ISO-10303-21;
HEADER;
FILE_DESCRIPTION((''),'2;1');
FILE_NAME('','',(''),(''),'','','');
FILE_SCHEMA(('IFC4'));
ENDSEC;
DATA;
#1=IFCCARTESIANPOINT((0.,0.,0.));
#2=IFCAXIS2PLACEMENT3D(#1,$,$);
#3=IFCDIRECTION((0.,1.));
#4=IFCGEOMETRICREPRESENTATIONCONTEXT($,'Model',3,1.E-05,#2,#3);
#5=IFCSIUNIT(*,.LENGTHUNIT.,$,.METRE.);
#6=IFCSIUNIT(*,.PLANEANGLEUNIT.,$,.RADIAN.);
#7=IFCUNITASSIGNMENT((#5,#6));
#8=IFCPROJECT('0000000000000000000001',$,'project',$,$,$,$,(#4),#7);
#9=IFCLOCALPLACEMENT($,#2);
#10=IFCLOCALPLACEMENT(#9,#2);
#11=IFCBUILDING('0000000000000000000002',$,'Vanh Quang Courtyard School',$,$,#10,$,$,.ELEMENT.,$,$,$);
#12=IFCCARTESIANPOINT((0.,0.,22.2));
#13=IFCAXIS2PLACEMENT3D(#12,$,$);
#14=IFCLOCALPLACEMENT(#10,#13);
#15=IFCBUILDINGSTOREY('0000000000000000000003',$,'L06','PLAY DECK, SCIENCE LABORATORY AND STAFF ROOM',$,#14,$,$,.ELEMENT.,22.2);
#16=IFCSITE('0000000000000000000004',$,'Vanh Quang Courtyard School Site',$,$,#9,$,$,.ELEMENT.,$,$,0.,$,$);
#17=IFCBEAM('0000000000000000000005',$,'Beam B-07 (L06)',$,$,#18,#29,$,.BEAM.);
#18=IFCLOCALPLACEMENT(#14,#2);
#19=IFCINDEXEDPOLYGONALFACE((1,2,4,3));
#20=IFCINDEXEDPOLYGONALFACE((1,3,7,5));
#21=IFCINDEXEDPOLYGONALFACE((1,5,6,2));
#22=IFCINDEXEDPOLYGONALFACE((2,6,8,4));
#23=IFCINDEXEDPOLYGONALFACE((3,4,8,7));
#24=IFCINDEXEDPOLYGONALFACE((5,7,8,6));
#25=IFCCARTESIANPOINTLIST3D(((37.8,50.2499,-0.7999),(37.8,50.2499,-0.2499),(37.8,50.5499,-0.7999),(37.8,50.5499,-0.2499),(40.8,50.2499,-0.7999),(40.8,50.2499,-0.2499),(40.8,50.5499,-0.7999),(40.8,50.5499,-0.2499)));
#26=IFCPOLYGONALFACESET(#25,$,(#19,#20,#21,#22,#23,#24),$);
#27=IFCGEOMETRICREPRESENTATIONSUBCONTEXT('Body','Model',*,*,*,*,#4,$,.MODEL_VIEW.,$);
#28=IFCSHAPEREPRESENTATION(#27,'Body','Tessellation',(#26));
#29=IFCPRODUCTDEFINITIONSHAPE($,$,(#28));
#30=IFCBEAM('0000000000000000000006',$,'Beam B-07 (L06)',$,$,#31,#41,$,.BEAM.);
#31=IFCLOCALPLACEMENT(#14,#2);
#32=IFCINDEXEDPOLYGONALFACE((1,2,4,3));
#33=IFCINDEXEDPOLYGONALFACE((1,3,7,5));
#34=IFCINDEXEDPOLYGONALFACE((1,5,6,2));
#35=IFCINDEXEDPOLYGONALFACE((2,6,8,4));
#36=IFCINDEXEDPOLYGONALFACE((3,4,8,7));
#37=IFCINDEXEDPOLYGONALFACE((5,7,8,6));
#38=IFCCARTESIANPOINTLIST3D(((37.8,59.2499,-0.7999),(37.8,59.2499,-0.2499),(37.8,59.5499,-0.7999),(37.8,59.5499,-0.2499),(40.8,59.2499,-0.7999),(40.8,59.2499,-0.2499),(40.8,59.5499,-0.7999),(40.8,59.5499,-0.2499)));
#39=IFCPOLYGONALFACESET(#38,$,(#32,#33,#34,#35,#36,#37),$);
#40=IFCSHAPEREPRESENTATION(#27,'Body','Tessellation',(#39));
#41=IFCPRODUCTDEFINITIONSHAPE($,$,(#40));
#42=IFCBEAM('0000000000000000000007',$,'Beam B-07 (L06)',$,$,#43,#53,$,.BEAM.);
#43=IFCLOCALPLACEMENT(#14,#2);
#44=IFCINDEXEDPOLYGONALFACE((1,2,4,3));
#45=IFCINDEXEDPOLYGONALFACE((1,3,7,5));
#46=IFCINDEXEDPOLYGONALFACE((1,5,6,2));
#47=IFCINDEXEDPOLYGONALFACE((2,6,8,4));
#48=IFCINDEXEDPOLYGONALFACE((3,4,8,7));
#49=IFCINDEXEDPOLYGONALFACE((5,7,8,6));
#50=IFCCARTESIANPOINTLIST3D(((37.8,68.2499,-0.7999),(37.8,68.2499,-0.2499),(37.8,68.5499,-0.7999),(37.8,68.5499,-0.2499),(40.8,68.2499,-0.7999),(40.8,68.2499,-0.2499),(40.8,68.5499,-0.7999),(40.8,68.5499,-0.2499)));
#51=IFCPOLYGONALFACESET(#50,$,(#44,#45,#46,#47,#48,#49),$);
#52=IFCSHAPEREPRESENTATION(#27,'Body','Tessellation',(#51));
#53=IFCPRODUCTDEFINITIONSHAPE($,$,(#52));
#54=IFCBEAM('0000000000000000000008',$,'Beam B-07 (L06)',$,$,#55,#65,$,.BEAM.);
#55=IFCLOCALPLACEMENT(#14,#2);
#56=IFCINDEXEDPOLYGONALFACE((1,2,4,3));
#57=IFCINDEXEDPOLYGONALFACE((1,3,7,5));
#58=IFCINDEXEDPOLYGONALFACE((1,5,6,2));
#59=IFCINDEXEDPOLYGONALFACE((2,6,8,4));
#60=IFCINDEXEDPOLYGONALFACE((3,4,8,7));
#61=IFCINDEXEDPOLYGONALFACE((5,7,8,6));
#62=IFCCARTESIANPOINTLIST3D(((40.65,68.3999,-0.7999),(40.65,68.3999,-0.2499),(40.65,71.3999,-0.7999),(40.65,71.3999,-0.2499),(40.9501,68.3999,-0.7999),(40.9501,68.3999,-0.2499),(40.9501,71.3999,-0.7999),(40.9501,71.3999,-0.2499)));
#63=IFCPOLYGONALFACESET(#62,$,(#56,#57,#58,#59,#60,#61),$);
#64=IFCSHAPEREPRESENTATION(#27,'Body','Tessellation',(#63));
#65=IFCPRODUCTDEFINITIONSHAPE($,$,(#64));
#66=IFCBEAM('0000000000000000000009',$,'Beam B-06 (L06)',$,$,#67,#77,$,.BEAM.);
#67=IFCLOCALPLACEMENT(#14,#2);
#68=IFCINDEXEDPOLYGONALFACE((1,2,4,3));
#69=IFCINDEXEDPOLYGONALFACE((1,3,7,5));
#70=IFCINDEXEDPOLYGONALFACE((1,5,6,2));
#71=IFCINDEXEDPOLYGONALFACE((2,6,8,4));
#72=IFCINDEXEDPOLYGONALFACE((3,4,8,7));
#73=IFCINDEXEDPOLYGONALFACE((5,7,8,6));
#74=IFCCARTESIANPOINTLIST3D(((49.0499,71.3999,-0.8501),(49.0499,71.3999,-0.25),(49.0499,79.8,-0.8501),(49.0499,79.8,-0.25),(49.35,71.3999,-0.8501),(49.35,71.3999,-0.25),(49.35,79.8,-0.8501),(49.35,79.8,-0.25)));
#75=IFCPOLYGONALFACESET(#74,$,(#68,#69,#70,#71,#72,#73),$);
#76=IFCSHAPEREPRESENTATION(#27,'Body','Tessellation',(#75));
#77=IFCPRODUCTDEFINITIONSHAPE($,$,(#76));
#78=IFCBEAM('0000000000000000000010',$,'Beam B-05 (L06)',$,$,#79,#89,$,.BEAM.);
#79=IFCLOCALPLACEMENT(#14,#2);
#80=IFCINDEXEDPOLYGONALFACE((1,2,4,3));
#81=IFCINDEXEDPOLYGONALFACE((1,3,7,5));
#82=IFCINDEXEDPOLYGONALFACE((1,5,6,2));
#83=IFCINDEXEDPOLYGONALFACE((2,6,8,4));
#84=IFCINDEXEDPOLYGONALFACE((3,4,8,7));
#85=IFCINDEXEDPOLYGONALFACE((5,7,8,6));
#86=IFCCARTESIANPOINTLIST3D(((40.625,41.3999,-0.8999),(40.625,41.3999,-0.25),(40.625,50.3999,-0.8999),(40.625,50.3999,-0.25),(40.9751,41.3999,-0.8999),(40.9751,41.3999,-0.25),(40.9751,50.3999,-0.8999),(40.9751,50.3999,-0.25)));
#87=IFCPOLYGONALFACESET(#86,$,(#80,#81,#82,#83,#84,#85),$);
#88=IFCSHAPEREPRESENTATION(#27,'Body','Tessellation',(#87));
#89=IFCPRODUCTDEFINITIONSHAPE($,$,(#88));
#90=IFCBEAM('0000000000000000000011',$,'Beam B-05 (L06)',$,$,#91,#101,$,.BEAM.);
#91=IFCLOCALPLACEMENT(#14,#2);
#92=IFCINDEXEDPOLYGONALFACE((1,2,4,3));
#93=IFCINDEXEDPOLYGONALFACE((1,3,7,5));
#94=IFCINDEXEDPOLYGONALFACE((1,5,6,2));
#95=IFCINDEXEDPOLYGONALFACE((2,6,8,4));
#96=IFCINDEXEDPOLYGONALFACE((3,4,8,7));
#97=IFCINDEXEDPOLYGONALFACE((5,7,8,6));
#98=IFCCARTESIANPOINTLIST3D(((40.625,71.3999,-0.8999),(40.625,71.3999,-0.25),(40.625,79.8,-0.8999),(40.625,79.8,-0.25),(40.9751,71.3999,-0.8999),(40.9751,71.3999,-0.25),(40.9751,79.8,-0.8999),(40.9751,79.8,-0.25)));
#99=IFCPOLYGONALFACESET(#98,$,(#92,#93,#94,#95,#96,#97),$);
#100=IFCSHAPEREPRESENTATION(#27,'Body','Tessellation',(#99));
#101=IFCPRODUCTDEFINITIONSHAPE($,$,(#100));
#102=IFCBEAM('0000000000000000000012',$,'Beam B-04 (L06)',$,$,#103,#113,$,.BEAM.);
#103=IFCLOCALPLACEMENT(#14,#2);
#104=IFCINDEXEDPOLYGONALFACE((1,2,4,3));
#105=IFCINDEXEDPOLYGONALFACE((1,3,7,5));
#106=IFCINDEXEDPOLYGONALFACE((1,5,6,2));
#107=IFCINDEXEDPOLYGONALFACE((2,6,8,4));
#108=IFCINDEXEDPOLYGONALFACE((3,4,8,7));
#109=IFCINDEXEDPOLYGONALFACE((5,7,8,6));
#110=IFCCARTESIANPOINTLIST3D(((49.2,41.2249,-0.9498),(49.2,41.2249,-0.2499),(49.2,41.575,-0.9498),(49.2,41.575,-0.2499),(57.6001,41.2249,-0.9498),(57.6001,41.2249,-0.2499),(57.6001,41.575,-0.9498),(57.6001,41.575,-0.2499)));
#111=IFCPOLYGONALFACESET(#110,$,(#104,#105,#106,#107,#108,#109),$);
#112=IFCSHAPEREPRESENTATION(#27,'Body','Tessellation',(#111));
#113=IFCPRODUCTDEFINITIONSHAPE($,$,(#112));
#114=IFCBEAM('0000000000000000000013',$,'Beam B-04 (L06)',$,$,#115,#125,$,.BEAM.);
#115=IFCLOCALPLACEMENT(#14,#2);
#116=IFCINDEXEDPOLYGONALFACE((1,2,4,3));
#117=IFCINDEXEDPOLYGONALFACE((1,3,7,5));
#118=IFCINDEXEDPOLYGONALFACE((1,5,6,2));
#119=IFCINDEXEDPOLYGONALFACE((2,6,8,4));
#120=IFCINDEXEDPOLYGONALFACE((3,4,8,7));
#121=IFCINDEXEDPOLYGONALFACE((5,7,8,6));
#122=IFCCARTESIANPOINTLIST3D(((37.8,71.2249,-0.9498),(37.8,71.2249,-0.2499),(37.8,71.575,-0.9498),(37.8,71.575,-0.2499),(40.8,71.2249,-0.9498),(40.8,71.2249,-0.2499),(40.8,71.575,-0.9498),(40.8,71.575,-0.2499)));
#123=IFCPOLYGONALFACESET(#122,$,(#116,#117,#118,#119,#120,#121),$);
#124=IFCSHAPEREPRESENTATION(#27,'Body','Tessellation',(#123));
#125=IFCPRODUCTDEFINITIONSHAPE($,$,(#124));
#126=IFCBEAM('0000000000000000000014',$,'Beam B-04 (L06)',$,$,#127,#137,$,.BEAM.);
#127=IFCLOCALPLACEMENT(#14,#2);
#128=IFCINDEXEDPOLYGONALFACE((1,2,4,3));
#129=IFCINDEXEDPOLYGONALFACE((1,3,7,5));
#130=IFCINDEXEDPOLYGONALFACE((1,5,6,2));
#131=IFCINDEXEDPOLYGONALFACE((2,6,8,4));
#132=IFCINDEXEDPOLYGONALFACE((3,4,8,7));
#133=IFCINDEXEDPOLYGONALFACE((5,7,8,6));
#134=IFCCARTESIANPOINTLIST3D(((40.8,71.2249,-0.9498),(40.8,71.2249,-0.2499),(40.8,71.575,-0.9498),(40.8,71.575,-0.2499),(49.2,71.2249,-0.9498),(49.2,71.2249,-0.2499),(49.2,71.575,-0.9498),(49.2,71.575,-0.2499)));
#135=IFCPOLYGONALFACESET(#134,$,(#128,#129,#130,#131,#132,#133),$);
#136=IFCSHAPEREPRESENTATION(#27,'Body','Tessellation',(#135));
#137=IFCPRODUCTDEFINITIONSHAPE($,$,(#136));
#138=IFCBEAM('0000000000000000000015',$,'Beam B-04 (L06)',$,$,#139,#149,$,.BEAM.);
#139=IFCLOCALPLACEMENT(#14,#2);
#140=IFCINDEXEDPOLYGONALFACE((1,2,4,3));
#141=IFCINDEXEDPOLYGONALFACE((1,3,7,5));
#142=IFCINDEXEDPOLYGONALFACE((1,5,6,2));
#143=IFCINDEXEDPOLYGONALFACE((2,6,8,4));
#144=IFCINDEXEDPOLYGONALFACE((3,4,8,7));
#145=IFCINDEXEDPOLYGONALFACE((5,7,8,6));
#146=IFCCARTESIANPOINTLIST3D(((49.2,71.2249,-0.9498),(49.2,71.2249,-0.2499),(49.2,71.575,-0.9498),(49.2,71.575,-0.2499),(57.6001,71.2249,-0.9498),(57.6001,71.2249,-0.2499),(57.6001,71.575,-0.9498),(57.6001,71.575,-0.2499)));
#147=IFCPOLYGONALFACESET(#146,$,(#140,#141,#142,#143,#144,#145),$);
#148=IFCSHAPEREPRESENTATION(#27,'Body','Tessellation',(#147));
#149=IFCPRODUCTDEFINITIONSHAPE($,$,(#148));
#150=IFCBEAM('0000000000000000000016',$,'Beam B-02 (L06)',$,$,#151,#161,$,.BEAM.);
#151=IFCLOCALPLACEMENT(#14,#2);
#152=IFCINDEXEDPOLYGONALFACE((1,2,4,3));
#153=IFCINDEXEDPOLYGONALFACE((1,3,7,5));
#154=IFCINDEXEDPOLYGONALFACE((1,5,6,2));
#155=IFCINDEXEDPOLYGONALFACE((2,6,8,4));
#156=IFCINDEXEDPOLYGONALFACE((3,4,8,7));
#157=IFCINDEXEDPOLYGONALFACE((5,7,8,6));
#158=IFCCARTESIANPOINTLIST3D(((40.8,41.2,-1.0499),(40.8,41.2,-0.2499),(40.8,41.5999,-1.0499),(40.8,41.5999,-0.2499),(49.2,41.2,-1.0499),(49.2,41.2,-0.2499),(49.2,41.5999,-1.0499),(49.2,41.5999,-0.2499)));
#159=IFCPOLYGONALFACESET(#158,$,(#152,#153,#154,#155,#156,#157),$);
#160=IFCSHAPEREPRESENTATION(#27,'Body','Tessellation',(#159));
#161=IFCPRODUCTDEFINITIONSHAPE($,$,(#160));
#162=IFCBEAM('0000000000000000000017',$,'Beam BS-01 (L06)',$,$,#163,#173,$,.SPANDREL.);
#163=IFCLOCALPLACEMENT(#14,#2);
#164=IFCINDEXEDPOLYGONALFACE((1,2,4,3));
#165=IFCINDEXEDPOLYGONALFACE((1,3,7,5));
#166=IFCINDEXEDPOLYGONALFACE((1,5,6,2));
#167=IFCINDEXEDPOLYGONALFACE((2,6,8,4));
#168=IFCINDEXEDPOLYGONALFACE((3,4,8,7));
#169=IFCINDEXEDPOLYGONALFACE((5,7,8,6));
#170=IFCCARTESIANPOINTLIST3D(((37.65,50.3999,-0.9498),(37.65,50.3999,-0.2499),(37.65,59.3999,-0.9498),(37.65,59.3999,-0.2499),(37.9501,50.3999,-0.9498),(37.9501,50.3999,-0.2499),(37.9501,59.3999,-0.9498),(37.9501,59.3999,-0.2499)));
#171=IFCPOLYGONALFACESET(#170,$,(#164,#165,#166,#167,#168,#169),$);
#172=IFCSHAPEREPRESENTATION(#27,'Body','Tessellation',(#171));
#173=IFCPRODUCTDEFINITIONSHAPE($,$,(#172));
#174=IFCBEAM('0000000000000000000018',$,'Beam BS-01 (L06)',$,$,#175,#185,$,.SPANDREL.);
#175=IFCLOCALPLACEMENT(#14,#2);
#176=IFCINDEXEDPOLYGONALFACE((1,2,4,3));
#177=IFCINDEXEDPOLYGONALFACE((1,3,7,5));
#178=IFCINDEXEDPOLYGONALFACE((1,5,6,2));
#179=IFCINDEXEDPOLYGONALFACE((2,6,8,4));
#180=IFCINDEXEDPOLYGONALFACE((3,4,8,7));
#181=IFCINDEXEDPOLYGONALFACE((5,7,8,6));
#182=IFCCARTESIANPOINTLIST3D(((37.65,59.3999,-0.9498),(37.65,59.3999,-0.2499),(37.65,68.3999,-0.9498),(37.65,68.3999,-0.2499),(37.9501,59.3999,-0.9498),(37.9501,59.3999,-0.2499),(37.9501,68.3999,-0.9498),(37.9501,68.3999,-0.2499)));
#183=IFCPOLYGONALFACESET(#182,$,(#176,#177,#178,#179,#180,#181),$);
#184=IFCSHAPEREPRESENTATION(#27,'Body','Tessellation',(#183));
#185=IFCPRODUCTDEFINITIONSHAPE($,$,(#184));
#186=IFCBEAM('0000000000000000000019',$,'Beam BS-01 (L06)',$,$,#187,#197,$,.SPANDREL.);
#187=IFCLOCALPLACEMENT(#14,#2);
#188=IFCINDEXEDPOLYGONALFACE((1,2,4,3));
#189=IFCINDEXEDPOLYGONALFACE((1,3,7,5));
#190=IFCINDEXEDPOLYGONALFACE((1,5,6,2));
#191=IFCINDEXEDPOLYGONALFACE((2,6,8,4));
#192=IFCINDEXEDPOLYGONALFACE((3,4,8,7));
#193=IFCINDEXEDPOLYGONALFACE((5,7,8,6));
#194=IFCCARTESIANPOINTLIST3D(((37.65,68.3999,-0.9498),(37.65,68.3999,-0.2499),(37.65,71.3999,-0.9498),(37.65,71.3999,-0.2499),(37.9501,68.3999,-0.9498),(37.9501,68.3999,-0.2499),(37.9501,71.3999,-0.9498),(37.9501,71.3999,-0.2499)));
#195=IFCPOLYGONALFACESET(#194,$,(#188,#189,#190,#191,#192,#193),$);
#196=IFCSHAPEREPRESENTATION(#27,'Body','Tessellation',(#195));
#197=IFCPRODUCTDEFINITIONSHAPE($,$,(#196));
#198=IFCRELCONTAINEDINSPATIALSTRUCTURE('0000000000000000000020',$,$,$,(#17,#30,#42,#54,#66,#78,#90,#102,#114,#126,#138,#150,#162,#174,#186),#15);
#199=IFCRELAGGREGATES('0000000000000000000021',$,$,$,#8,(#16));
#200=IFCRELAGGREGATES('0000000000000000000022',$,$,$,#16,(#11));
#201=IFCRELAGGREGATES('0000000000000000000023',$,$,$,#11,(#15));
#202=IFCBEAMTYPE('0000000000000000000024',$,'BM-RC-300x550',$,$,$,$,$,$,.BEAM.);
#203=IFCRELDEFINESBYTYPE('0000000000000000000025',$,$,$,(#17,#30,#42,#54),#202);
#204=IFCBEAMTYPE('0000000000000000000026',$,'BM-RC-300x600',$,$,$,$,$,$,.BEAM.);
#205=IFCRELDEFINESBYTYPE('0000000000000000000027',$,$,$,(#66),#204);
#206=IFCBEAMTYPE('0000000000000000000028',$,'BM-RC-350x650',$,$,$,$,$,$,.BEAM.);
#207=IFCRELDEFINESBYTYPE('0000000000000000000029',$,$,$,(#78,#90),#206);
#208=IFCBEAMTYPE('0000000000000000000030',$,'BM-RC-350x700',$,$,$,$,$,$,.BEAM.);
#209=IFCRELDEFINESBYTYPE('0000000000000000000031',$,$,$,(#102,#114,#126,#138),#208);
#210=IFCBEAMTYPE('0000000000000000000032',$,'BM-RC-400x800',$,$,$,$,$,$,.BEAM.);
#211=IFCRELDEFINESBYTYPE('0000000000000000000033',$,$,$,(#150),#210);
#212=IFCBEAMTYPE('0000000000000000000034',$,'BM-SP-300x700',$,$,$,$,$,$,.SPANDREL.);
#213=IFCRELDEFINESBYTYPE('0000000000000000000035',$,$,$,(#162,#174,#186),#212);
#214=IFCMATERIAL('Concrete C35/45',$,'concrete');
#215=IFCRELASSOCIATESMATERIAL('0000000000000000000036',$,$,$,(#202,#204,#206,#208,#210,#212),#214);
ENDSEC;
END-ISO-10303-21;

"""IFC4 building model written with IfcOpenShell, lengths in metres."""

from ifc_helpers import new_model, si_unit, direction, frame, origin, origin_2d, place, context, subcontext, project, spatial, rectangle, extrude, material, material_profile, profile_set, type_object, element, save


model = new_model("IFC4")

# Units and contexts
model_context = context("Model", 3, precision=1e-05, world=origin(), true_north=direction((0.0, 1.0)))
body_context = subcontext(model_context, "Body", "Model", "MODEL_VIEW")
ifc_project = project(units=[si_unit("LENGTHUNIT", "METRE"), si_unit("PLANEANGLEUNIT", "RADIAN")], contexts=[model_context])

# Site, building, storey
site_placement = place(None, origin())
site = spatial("IfcSite", under=ifc_project, at=site_placement, Name="Vanh Quang Courtyard School Site", CompositionType="ELEMENT", RefElevation=0.0)
building_placement = place(site_placement, origin())
building = spatial("IfcBuilding", under=site, at=building_placement, Name="Vanh Quang Courtyard School", CompositionType="ELEMENT")
storey_placement = place(building_placement, frame((0.0, 0.0, 22.2)))
storey = spatial("IfcBuildingStorey", under=building, at=storey_placement, Name="L06", Description="PLAY DECK, SCIENCE LABORATORY AND STAFF ROOM", CompositionType="ELEMENT", Elevation=22.2)

# Beams
ifc_material_1 = material(Name="Concrete C35/45", Category="concrete")
ifc_material_profile_1 = material_profile(ifc_material_1, rectangle(XDim=0.3, YDim=0.55, at=origin_2d()), Name="RC-BM 300x550")
ifc_profile_set_1 = profile_set([ifc_material_profile_1], Name="Concrete C35/45")
beam_type_1 = type_object("IfcBeamType", Name="BM-RC-300x550", PredefinedType="BEAM", material=ifc_profile_set_1)
for number, where, z_axis, x_axis, name in (
    (1, (37.8, 50.3999, -0.5249), (1.0, 0.0, 0.0), (0.0, 1.0, 0.0), "Beam B-07 (L06)"),
    (2, (37.8, 59.3999, -0.5249), (1.0, 0.0, 0.0), (0.0, 1.0, 0.0), "Beam B-07 (L06)"),
    (3, (37.8, 68.3999, -0.5249), (1.0, 0.0, 0.0), (0.0, 1.0, 0.0), "Beam B-07 (L06)"),
    (4, (40.8, 68.3999, -0.5249), (0.0, 1.0, 0.0), (-1.0, 0.0, 0.0), "Beam B-07 (L06)"),
):
    element("IfcBeam", number, at=place(storey_placement, frame(where, z_axis=z_axis, x_axis=x_axis)), inside=storey, type_object=beam_type_1, Name=name, PredefinedType="BEAM", context=body_context, shape_type="SweptSolid", body=[
        extrude(rectangle(XDim=0.3, YDim=0.55, at=origin_2d()), origin(), (0.0, 0.0, 1.0), 3.0),
    ])
ifc_material_profile_2 = material_profile(ifc_material_1, rectangle(XDim=0.3, YDim=0.6001, at=origin_2d()), Name="RC-BM 300x600")
ifc_profile_set_2 = profile_set([ifc_material_profile_2], Name="Concrete C35/45")
beam_type_2 = type_object("IfcBeamType", Name="BM-RC-300x600", PredefinedType="BEAM", material=ifc_profile_set_2)
beam_1_placement = place(storey_placement, frame((49.2, 71.3999, -0.55), z_axis=(0.0, 1.0, 0.0), x_axis=(-1.0, 0.0, 0.0)))
element("IfcBeam", 5, at=beam_1_placement, inside=storey, type_object=beam_type_2, Name="Beam B-06 (L06)", PredefinedType="BEAM", context=body_context, shape_type="SweptSolid", body=[
    extrude(rectangle(XDim=0.3, YDim=0.6001, at=origin_2d()), origin(), (0.0, 0.0, 1.0), 8.4001),
])
ifc_material_profile_3 = material_profile(ifc_material_1, rectangle(XDim=0.3501, YDim=0.6499, at=origin_2d()), Name="RC-BM 350x650")
ifc_profile_set_3 = profile_set([ifc_material_profile_3], Name="Concrete C35/45")
beam_type_3 = type_object("IfcBeamType", Name="BM-RC-350x650", PredefinedType="BEAM", material=ifc_profile_set_3)
beam_2_placement = place(storey_placement, frame((40.8, 41.3999, -0.575), z_axis=(0.0, 1.0, 0.0), x_axis=(-1.0, 0.0, 0.0)))
element("IfcBeam", 6, at=beam_2_placement, inside=storey, type_object=beam_type_3, Name="Beam B-05 (L06)", PredefinedType="BEAM", context=body_context, shape_type="SweptSolid", body=[
    extrude(rectangle(XDim=0.3501, YDim=0.6499, at=origin_2d()), origin(), (0.0, 0.0, 1.0), 9.0),
])
beam_3_placement = place(storey_placement, frame((40.8, 71.3999, -0.575), z_axis=(0.0, 1.0, 0.0), x_axis=(-1.0, 0.0, 0.0)))
element("IfcBeam", 7, at=beam_3_placement, inside=storey, type_object=beam_type_3, Name="Beam B-05 (L06)", PredefinedType="BEAM", context=body_context, shape_type="SweptSolid", body=[
    extrude(rectangle(XDim=0.3501, YDim=0.6499, at=origin_2d()), origin(), (0.0, 0.0, 1.0), 8.4001),
])
ifc_material_profile_4 = material_profile(ifc_material_1, rectangle(XDim=0.3501, YDim=0.7, at=origin_2d()), Name="RC-BM 350x700")
ifc_profile_set_4 = profile_set([ifc_material_profile_4], Name="Concrete C35/45")
beam_type_4 = type_object("IfcBeamType", Name="BM-RC-350x700", PredefinedType="BEAM", material=ifc_profile_set_4)
beam_4_placement = place(storey_placement, frame((49.2, 41.3999, -0.5999), z_axis=(1.0, 0.0, 0.0), x_axis=(0.0, 1.0, 0.0)))
element("IfcBeam", 8, at=beam_4_placement, inside=storey, type_object=beam_type_4, Name="Beam B-04 (L06)", PredefinedType="BEAM", context=body_context, shape_type="SweptSolid", body=[
    extrude(rectangle(XDim=0.3501, YDim=0.7, at=origin_2d()), origin(), (0.0, 0.0, 1.0), 8.4001),
])
beam_5_placement = place(storey_placement, frame((37.8, 71.3999, -0.5999), z_axis=(1.0, 0.0, 0.0), x_axis=(0.0, 1.0, 0.0)))
element("IfcBeam", 9, at=beam_5_placement, inside=storey, type_object=beam_type_4, Name="Beam B-04 (L06)", PredefinedType="BEAM", context=body_context, shape_type="SweptSolid", body=[
    extrude(rectangle(XDim=0.3501, YDim=0.7, at=origin_2d()), origin(), (0.0, 0.0, 1.0), 3.0),
])
beam_6_placement = place(storey_placement, frame((40.8, 71.3999, -0.5999), z_axis=(1.0, 0.0, 0.0), x_axis=(0.0, 1.0, 0.0)))
element("IfcBeam", 10, at=beam_6_placement, inside=storey, type_object=beam_type_4, Name="Beam B-04 (L06)", PredefinedType="BEAM", context=body_context, shape_type="SweptSolid", body=[
    extrude(rectangle(XDim=0.3501, YDim=0.7, at=origin_2d()), origin(), (0.0, 0.0, 1.0), 8.3999),
])
beam_7_placement = place(storey_placement, frame((49.2, 71.3999, -0.5999), z_axis=(1.0, 0.0, 0.0), x_axis=(0.0, 1.0, 0.0)))
element("IfcBeam", 11, at=beam_7_placement, inside=storey, type_object=beam_type_4, Name="Beam B-04 (L06)", PredefinedType="BEAM", context=body_context, shape_type="SweptSolid", body=[
    extrude(rectangle(XDim=0.3501, YDim=0.7, at=origin_2d()), origin(), (0.0, 0.0, 1.0), 8.4001),
])
ifc_material_profile_5 = material_profile(ifc_material_1, rectangle(XDim=0.3999, YDim=0.8, at=origin_2d()), Name="RC-BM 400x800")
ifc_profile_set_5 = profile_set([ifc_material_profile_5], Name="Concrete C35/45")
beam_type_5 = type_object("IfcBeamType", Name="BM-RC-400x800", PredefinedType="BEAM", material=ifc_profile_set_5)
beam_8_placement = place(storey_placement, frame((40.8, 41.3999, -0.6499), z_axis=(1.0, 0.0, 0.0), x_axis=(0.0, 1.0, 0.0)))
element("IfcBeam", 12, at=beam_8_placement, inside=storey, type_object=beam_type_5, Name="Beam B-02 (L06)", PredefinedType="BEAM", context=body_context, shape_type="SweptSolid", body=[
    extrude(rectangle(XDim=0.3999, YDim=0.8, at=origin_2d()), origin(), (0.0, 0.0, 1.0), 8.3999),
])
ifc_material_profile_6 = material_profile(ifc_material_1, rectangle(XDim=0.3, YDim=0.7, at=origin_2d()), Name="RC-SP 300x700")
ifc_profile_set_6 = profile_set([ifc_material_profile_6], Name="Concrete C35/45")
beam_type_6 = type_object("IfcBeamType", Name="BM-SP-300x700", PredefinedType="SPANDREL", material=ifc_profile_set_6)
for number, where, z_axis, x_axis, name in (
    (13, (37.8, 50.3999, -0.5999), (0.0, 1.0, 0.0), (-1.0, 0.0, 0.0), "Beam BS-01 (L06)"),
    (14, (37.8, 59.3999, -0.5999), (0.0, 1.0, 0.0), (-1.0, 0.0, 0.0), "Beam BS-01 (L06)"),
):
    element("IfcBeam", number, at=place(storey_placement, frame(where, z_axis=z_axis, x_axis=x_axis)), inside=storey, type_object=beam_type_6, Name=name, PredefinedType="SPANDREL", context=body_context, shape_type="SweptSolid", body=[
        extrude(rectangle(XDim=0.3, YDim=0.7, at=origin_2d()), origin(), (0.0, 0.0, 1.0), 9.0),
    ])
beam_9_placement = place(storey_placement, frame((37.8, 68.3999, -0.5999), z_axis=(0.0, 1.0, 0.0), x_axis=(-1.0, 0.0, 0.0)))
element("IfcBeam", 15, at=beam_9_placement, inside=storey, type_object=beam_type_6, Name="Beam BS-01 (L06)", PredefinedType="SPANDREL", context=body_context, shape_type="SweptSolid", body=[
    extrude(rectangle(XDim=0.3, YDim=0.7, at=origin_2d()), origin(), (0.0, 0.0, 1.0), 3.0),
])

save(model, "model.ifc")
